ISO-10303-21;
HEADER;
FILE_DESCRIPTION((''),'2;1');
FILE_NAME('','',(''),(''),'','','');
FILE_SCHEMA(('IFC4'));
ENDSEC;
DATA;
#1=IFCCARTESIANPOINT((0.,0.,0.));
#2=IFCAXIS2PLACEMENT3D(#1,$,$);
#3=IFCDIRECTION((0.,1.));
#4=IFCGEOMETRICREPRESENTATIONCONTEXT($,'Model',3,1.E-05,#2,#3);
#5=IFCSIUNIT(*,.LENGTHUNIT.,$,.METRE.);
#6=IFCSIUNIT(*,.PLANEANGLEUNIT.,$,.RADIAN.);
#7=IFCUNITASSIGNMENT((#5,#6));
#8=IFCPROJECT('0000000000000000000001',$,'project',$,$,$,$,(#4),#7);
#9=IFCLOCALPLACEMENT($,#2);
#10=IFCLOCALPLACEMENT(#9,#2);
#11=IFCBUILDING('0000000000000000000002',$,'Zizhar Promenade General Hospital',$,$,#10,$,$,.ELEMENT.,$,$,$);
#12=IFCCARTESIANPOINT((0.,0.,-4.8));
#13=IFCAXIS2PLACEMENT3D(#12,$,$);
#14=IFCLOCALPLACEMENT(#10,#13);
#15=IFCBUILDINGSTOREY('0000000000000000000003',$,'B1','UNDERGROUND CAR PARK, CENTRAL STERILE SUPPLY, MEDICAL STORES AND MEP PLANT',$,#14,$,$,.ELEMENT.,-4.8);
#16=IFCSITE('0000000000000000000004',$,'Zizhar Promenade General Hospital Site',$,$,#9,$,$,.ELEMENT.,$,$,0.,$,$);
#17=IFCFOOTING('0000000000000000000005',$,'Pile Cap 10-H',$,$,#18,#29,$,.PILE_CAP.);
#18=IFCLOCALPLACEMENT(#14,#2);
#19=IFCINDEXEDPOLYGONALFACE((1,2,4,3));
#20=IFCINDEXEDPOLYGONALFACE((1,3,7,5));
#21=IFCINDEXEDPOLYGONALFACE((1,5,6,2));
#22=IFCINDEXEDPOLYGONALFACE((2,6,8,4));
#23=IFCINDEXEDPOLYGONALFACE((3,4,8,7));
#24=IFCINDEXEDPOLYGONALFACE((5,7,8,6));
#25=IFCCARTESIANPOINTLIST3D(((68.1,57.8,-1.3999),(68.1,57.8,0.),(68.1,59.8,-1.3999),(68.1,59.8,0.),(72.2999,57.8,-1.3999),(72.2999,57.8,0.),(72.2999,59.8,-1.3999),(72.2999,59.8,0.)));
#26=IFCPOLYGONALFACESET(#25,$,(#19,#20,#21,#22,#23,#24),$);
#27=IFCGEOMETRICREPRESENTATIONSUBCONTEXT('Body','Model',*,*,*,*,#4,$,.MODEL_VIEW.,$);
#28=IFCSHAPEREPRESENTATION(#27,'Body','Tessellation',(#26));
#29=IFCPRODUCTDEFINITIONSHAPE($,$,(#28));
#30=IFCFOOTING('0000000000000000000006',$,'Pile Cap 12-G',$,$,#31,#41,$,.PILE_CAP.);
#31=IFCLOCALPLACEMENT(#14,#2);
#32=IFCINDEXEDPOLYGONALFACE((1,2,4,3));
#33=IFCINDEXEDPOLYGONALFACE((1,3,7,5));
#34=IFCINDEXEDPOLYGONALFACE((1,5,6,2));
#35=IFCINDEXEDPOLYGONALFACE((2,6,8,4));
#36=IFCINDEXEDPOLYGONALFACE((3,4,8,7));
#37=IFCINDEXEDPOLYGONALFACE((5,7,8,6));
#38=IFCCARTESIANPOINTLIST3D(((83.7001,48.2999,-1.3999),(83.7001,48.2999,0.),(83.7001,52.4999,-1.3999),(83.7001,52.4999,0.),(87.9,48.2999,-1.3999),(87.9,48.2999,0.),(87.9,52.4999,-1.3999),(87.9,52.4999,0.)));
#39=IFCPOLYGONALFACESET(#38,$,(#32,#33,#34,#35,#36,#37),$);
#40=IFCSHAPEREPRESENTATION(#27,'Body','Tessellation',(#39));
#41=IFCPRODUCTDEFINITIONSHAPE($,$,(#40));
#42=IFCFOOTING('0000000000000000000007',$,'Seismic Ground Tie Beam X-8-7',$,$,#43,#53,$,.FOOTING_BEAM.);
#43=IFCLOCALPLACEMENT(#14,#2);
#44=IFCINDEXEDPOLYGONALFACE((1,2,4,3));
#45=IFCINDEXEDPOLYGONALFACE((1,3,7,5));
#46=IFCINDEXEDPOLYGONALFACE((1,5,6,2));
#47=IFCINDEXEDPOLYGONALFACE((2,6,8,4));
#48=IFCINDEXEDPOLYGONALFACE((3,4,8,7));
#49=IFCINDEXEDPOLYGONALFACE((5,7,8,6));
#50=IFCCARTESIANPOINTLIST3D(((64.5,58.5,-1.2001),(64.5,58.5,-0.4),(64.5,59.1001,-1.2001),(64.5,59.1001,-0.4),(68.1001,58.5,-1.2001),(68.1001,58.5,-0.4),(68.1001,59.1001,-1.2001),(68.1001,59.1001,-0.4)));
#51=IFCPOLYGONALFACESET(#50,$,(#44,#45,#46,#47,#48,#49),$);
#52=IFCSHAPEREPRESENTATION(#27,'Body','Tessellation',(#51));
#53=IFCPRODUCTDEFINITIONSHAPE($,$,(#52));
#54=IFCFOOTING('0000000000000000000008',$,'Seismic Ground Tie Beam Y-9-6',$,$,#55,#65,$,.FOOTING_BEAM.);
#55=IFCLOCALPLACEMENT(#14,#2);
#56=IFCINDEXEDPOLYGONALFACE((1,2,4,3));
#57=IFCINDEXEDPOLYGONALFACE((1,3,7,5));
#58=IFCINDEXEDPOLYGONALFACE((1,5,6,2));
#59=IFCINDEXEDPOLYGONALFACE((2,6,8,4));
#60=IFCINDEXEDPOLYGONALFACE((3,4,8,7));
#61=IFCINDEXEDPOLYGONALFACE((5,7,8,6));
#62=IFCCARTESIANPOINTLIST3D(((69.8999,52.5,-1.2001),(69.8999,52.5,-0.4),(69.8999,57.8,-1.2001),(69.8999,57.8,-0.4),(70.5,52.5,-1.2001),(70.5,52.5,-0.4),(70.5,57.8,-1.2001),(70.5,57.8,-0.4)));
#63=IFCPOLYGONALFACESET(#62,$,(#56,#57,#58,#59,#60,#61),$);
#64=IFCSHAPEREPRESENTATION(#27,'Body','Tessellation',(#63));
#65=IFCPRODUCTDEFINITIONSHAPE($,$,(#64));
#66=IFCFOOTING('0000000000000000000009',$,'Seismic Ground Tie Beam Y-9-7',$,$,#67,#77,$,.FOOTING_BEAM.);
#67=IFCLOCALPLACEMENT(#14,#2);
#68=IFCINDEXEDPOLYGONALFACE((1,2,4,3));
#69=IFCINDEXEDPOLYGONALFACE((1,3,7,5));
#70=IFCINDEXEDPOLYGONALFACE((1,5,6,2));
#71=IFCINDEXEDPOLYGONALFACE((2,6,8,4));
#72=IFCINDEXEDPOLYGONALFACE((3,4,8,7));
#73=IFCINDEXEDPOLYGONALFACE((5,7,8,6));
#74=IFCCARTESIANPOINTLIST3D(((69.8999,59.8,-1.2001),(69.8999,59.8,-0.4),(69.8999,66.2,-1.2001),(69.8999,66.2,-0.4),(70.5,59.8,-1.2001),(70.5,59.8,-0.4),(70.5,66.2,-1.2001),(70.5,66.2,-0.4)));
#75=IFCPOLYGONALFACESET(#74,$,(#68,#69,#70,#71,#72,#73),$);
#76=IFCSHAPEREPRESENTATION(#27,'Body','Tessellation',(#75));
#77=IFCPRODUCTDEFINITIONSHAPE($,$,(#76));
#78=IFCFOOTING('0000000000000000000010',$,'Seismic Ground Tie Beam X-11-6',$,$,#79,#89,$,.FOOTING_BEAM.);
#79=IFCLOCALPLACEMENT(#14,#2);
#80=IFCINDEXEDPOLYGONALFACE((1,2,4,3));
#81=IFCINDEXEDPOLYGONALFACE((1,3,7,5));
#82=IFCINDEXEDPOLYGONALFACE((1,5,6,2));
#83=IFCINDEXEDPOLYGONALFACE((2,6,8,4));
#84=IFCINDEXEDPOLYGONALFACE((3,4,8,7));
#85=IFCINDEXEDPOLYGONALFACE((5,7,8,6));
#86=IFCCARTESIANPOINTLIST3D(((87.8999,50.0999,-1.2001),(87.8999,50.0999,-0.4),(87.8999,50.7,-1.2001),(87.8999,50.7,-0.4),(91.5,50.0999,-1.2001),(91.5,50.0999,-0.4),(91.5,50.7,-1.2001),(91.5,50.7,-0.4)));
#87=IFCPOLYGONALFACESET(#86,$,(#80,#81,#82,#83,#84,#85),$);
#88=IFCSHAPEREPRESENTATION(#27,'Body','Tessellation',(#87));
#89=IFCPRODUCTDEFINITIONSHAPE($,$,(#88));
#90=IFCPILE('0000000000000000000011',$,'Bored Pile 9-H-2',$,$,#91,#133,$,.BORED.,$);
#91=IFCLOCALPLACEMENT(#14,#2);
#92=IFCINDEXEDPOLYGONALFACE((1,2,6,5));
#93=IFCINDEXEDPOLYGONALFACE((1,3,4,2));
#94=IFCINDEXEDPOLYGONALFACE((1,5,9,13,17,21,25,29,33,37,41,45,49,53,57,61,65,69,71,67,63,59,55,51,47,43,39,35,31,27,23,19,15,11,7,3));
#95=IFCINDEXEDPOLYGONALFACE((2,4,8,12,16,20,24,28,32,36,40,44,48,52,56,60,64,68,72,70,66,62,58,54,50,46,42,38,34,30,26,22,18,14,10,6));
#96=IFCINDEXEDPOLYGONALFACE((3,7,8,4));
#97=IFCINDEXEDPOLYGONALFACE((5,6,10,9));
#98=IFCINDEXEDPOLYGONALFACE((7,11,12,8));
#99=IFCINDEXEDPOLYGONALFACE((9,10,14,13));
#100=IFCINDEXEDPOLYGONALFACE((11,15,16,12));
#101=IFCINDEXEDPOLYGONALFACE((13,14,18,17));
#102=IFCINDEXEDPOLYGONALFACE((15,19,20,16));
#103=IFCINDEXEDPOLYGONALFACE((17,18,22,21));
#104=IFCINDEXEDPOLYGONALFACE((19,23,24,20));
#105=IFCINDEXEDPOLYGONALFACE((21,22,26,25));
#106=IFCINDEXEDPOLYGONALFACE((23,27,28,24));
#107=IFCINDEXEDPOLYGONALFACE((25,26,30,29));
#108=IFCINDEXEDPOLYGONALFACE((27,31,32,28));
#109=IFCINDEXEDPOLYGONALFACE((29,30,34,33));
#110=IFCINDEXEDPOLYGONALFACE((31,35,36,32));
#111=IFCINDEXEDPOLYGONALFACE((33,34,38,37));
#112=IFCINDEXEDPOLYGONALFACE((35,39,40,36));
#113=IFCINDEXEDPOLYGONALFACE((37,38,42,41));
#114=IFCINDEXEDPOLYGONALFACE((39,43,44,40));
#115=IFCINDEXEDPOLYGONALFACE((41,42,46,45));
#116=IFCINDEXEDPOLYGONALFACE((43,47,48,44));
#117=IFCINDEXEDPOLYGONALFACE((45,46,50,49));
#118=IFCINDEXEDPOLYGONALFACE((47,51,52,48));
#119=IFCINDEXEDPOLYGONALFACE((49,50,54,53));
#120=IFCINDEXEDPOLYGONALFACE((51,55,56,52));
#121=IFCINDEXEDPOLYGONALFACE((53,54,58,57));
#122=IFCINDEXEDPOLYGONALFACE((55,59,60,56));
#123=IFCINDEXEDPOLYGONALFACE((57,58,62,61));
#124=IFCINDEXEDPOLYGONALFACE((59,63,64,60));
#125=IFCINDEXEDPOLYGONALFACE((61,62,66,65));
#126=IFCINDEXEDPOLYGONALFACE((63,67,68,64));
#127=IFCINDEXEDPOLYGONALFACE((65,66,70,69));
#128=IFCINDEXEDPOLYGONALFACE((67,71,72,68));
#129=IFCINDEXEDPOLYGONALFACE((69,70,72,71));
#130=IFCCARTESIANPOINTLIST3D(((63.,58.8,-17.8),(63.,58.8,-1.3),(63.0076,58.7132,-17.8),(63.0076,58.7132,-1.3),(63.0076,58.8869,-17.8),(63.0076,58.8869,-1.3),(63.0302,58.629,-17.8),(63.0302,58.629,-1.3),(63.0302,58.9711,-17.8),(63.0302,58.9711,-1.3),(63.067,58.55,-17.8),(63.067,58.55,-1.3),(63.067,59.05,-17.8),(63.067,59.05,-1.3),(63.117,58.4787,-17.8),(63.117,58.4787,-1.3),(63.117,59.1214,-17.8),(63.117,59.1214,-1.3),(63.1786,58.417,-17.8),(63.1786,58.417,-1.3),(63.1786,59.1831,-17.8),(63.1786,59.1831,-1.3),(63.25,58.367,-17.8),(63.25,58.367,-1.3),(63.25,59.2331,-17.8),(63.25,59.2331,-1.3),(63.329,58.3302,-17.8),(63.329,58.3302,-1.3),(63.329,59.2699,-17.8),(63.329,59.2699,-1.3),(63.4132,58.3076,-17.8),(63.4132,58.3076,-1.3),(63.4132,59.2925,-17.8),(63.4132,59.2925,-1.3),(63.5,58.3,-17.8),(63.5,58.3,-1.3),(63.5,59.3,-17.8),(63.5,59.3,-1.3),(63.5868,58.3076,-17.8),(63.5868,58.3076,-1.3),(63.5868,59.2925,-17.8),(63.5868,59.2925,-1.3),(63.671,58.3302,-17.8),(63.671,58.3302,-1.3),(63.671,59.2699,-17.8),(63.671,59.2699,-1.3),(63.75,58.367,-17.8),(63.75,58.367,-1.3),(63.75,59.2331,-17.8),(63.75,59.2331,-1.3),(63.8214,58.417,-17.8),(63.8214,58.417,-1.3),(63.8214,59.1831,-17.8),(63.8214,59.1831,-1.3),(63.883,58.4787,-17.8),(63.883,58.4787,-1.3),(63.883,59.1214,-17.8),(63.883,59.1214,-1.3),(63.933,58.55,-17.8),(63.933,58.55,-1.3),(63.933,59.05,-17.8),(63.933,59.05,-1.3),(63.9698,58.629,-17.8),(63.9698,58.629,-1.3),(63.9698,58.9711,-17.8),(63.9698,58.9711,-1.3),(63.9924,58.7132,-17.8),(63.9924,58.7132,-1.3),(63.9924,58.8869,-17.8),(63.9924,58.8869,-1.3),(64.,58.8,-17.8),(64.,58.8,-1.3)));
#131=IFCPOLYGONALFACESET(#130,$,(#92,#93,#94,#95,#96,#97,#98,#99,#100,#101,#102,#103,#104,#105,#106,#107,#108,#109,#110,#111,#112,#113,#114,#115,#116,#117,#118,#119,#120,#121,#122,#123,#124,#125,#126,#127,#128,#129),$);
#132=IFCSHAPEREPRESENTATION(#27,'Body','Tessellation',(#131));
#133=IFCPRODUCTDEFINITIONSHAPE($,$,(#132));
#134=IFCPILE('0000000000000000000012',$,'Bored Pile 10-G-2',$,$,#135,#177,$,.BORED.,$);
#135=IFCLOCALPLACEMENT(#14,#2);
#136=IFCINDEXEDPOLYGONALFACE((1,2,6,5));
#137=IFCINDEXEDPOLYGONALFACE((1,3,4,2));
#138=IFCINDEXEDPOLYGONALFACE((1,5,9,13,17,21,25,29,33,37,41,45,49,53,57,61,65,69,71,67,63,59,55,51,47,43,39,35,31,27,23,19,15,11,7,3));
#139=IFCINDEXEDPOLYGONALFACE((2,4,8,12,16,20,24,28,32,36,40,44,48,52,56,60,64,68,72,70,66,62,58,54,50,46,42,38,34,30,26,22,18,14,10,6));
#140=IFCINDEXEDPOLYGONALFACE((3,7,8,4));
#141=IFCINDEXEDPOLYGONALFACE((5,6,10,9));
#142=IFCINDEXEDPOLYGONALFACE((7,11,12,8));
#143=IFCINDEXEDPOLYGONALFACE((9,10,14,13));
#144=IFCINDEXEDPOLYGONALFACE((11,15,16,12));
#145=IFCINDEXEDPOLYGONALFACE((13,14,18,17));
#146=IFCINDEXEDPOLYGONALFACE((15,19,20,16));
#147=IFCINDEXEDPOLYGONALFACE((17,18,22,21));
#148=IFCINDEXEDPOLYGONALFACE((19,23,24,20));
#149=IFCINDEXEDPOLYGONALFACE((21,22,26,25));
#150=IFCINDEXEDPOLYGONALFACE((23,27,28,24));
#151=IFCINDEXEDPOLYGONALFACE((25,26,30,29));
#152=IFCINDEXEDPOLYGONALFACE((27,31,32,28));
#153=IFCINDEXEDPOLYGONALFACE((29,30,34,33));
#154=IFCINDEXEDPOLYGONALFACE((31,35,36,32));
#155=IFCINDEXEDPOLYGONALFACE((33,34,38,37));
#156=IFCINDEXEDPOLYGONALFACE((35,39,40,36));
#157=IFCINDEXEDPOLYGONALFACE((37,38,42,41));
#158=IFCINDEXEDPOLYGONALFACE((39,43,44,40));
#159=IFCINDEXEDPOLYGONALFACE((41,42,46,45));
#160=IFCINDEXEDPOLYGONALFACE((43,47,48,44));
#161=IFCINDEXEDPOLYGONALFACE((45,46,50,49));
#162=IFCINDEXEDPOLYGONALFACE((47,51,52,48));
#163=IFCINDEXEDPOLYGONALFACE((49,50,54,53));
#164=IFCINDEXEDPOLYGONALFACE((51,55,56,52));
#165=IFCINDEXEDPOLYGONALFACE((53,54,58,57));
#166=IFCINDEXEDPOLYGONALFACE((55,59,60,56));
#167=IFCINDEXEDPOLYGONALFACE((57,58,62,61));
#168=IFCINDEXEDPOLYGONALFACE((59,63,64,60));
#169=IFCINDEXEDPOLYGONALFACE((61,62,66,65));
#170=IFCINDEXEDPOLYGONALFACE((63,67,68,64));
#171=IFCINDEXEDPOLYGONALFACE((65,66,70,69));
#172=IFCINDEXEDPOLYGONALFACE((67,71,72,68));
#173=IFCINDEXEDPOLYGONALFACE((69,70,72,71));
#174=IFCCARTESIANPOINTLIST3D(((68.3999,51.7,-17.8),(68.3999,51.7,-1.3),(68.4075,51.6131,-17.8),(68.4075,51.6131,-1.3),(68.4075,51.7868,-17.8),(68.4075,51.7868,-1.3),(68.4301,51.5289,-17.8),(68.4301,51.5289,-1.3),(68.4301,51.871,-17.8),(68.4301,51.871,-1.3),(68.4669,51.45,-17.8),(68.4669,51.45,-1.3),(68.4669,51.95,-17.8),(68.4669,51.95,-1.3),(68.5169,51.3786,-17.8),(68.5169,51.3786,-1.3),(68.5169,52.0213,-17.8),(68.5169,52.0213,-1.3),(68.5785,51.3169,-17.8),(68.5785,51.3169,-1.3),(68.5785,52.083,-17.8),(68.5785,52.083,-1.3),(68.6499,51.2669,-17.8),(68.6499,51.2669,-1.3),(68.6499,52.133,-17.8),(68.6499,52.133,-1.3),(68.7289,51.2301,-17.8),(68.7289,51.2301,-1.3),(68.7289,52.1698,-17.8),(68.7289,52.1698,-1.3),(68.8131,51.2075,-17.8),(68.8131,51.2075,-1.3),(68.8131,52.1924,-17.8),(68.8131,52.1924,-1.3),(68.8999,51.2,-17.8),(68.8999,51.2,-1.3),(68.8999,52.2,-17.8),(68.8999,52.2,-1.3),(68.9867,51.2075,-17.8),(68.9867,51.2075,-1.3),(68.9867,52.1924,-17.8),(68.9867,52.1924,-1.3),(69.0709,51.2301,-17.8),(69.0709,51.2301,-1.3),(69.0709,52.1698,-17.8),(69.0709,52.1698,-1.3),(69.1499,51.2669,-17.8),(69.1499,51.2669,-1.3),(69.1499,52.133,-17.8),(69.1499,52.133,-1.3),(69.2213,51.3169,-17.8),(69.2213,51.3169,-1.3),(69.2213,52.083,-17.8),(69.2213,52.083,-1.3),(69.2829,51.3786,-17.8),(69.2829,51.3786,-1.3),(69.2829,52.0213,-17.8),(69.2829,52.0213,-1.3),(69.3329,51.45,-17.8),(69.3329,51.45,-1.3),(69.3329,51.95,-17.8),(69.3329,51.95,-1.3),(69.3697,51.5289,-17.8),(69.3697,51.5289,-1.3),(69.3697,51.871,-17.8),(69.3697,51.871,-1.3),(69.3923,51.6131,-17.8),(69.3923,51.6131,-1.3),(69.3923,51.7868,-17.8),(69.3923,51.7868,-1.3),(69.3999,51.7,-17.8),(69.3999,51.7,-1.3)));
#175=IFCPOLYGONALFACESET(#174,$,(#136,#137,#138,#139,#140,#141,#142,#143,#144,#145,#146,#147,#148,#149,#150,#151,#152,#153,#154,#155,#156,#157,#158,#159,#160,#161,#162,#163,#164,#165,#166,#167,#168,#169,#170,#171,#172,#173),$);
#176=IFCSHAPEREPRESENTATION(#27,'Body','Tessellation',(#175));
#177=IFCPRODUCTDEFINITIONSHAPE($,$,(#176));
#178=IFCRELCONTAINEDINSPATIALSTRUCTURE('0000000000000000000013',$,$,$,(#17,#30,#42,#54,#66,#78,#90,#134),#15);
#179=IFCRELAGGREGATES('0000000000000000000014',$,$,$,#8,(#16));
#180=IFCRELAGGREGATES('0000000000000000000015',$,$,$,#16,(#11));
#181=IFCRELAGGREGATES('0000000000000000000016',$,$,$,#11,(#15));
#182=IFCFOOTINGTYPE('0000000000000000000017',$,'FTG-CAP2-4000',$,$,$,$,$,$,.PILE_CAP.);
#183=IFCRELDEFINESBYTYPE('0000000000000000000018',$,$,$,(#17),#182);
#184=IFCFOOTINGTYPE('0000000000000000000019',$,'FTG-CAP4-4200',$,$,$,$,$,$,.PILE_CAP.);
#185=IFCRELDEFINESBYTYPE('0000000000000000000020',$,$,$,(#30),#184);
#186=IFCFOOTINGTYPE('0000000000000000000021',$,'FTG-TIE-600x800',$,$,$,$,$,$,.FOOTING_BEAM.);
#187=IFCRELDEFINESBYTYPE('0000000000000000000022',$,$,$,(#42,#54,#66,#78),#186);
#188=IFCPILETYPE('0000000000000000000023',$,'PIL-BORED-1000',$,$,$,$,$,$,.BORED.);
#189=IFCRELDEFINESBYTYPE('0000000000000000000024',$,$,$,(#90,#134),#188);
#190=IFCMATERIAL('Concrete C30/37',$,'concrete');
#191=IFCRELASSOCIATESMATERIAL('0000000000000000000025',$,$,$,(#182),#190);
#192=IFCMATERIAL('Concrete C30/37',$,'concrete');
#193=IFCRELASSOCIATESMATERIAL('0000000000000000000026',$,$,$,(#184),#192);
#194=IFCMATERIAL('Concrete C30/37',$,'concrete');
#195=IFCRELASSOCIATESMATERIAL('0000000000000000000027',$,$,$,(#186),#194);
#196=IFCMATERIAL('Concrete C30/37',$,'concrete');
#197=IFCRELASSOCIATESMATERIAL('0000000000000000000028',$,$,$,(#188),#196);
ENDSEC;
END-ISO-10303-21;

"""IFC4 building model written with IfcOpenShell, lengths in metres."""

from ifc_helpers import new_model, si_unit, direction, frame, origin, origin_2d, place, context, subcontext, project, spatial, rectangle, circle, extrude, material, material_profile, profile_set, type_object, element, save


model = new_model("IFC4")

# Units and contexts
model_context = context("Model", 3, precision=1e-05, world=origin(), true_north=direction((0.0, 1.0)))
body_context = subcontext(model_context, "Body", "Model", "MODEL_VIEW")
ifc_project = project(units=[si_unit("LENGTHUNIT", "METRE"), si_unit("PLANEANGLEUNIT", "RADIAN")], contexts=[model_context])

# Site, building, storey
site_placement = place(None, origin())
site = spatial("IfcSite", under=ifc_project, at=site_placement, Name="Zizhar Promenade General Hospital Site", CompositionType="ELEMENT", RefElevation=0.0)
building_placement = place(site_placement, origin())
building = spatial("IfcBuilding", under=site, at=building_placement, Name="Zizhar Promenade General Hospital", CompositionType="ELEMENT")
storey_placement = place(building_placement, frame((0.0, 0.0, -4.8)))
storey = spatial("IfcBuildingStorey", under=building, at=storey_placement, Name="B1", Description="UNDERGROUND CAR PARK, CENTRAL STERILE SUPPLY, MEDICAL STORES AND MEP PLANT", CompositionType="ELEMENT", Elevation=-4.8)

# Footings
ifc_material_1 = material(Name="Concrete C30/37", Category="concrete")
footing_type_1 = type_object("IfcFootingType", Name="FTG-CAP2-4000", PredefinedType="PILE_CAP", material=ifc_material_1)
footing_1_placement = place(storey_placement, frame((70.2, 58.8, -1.3999), z_axis=(0.0, 0.0, 1.0), x_axis=(1.0, 0.0, 0.0)))
element("IfcFooting", 1, at=footing_1_placement, inside=storey, type_object=footing_type_1, Name="Pile Cap 10-H", PredefinedType="PILE_CAP", context=body_context, shape_type="SweptSolid", body=[
    extrude(rectangle(XDim=4.2, YDim=2.0, at=origin_2d()), origin(), (0.0, 0.0, 1.0), 1.3999),
])
ifc_material_2 = material(Name="Concrete C30/37", Category="concrete")
footing_type_2 = type_object("IfcFootingType", Name="FTG-CAP4-4200", PredefinedType="PILE_CAP", material=ifc_material_2)
footing_2_placement = place(storey_placement, frame((85.8, 50.3999, -1.3999), z_axis=(0.0, 0.0, 1.0), x_axis=(1.0, 0.0, 0.0)))
element("IfcFooting", 2, at=footing_2_placement, inside=storey, type_object=footing_type_2, Name="Pile Cap 12-G", PredefinedType="PILE_CAP", context=body_context, shape_type="SweptSolid", body=[
    extrude(rectangle(XDim=4.2, YDim=4.2, at=origin_2d()), origin(), (0.0, 0.0, 1.0), 1.3999),
])
ifc_material_3 = material(Name="Concrete C30/37", Category="concrete")
ifc_material_profile_1 = material_profile(ifc_material_3, rectangle(XDim=0.6001, YDim=0.8, at=origin_2d()))
ifc_profile_set_1 = profile_set([ifc_material_profile_1], Name="Concrete C30/37")
footing_type_3 = type_object("IfcFootingType", Name="FTG-TIE-600x800", PredefinedType="FOOTING_BEAM", material=ifc_profile_set_1)
footing_3_placement = place(storey_placement, frame((64.5, 58.8, -0.8), z_axis=(1.0, 0.0, 0.0), x_axis=(0.0, 1.0, 0.0)))
element("IfcFooting", 3, at=footing_3_placement, inside=storey, type_object=footing_type_3, Name="Seismic Ground Tie Beam X-8-7", PredefinedType="FOOTING_BEAM", context=body_context, shape_type="SweptSolid", body=[
    extrude(rectangle(XDim=0.6001, YDim=0.8, at=origin_2d()), origin(), (0.0, 0.0, 1.0), 3.6001),
])
footing_4_placement = place(storey_placement, frame((70.2, 52.5, -0.8), z_axis=(0.0, 1.0, 0.0), x_axis=(-1.0, 0.0, 0.0)))
element("IfcFooting", 4, at=footing_4_placement, inside=storey, type_object=footing_type_3, Name="Seismic Ground Tie Beam Y-9-6", PredefinedType="FOOTING_BEAM", context=body_context, shape_type="SweptSolid", body=[
    extrude(rectangle(XDim=0.6001, YDim=0.8, at=origin_2d()), origin(), (0.0, 0.0, 1.0), 5.3),
])
footing_5_placement = place(storey_placement, frame((70.2, 59.8, -0.8), z_axis=(0.0, 1.0, 0.0), x_axis=(-1.0, 0.0, 0.0)))
element("IfcFooting", 5, at=footing_5_placement, inside=storey, type_object=footing_type_3, Name="Seismic Ground Tie Beam Y-9-7", PredefinedType="FOOTING_BEAM", context=body_context, shape_type="SweptSolid", body=[
    extrude(rectangle(XDim=0.6001, YDim=0.8, at=origin_2d()), origin(), (0.0, 0.0, 1.0), 6.3999),
])
footing_6_placement = place(storey_placement, frame((87.8999, 50.3999, -0.8), z_axis=(1.0, 0.0, 0.0), x_axis=(0.0, 1.0, 0.0)))
element("IfcFooting", 6, at=footing_6_placement, inside=storey, type_object=footing_type_3, Name="Seismic Ground Tie Beam X-11-6", PredefinedType="FOOTING_BEAM", context=body_context, shape_type="SweptSolid", body=[
    extrude(rectangle(XDim=0.6001, YDim=0.8, at=origin_2d()), origin(), (0.0, 0.0, 1.0), 3.6001),
])

# Piles
ifc_material_4 = material(Name="Concrete C30/37", Category="concrete")
ifc_material_profile_2 = material_profile(ifc_material_4, circle(Radius=0.5, at=origin_2d()))
ifc_profile_set_2 = profile_set([ifc_material_profile_2], Name="Concrete C30/37")
pile_type = type_object("IfcPileType", Name="PIL-BORED-1000", PredefinedType="BORED", material=ifc_profile_set_2)
for number, where, z_axis, x_axis, name in (
    (7, (63.5, 58.8, -1.3), (0.0, 0.0, -1.0), (1.0, 0.0, 0.0), "Bored Pile 9-H-2"),
    (8, (68.8999, 51.7, -1.3), (0.0, 0.0, -1.0), (1.0, 0.0, 0.0), "Bored Pile 10-G-2"),
):
    element("IfcPile", number, at=place(storey_placement, frame(where, z_axis=z_axis, x_axis=x_axis)), inside=storey, type_object=pile_type, Name=name, PredefinedType="BORED", context=body_context, shape_type="SweptSolid", body=[
        extrude(circle(Radius=0.5, at=origin_2d()), origin(), (0.0, 0.0, 1.0), 16.5),
    ])

save(model, "model.ifc")
